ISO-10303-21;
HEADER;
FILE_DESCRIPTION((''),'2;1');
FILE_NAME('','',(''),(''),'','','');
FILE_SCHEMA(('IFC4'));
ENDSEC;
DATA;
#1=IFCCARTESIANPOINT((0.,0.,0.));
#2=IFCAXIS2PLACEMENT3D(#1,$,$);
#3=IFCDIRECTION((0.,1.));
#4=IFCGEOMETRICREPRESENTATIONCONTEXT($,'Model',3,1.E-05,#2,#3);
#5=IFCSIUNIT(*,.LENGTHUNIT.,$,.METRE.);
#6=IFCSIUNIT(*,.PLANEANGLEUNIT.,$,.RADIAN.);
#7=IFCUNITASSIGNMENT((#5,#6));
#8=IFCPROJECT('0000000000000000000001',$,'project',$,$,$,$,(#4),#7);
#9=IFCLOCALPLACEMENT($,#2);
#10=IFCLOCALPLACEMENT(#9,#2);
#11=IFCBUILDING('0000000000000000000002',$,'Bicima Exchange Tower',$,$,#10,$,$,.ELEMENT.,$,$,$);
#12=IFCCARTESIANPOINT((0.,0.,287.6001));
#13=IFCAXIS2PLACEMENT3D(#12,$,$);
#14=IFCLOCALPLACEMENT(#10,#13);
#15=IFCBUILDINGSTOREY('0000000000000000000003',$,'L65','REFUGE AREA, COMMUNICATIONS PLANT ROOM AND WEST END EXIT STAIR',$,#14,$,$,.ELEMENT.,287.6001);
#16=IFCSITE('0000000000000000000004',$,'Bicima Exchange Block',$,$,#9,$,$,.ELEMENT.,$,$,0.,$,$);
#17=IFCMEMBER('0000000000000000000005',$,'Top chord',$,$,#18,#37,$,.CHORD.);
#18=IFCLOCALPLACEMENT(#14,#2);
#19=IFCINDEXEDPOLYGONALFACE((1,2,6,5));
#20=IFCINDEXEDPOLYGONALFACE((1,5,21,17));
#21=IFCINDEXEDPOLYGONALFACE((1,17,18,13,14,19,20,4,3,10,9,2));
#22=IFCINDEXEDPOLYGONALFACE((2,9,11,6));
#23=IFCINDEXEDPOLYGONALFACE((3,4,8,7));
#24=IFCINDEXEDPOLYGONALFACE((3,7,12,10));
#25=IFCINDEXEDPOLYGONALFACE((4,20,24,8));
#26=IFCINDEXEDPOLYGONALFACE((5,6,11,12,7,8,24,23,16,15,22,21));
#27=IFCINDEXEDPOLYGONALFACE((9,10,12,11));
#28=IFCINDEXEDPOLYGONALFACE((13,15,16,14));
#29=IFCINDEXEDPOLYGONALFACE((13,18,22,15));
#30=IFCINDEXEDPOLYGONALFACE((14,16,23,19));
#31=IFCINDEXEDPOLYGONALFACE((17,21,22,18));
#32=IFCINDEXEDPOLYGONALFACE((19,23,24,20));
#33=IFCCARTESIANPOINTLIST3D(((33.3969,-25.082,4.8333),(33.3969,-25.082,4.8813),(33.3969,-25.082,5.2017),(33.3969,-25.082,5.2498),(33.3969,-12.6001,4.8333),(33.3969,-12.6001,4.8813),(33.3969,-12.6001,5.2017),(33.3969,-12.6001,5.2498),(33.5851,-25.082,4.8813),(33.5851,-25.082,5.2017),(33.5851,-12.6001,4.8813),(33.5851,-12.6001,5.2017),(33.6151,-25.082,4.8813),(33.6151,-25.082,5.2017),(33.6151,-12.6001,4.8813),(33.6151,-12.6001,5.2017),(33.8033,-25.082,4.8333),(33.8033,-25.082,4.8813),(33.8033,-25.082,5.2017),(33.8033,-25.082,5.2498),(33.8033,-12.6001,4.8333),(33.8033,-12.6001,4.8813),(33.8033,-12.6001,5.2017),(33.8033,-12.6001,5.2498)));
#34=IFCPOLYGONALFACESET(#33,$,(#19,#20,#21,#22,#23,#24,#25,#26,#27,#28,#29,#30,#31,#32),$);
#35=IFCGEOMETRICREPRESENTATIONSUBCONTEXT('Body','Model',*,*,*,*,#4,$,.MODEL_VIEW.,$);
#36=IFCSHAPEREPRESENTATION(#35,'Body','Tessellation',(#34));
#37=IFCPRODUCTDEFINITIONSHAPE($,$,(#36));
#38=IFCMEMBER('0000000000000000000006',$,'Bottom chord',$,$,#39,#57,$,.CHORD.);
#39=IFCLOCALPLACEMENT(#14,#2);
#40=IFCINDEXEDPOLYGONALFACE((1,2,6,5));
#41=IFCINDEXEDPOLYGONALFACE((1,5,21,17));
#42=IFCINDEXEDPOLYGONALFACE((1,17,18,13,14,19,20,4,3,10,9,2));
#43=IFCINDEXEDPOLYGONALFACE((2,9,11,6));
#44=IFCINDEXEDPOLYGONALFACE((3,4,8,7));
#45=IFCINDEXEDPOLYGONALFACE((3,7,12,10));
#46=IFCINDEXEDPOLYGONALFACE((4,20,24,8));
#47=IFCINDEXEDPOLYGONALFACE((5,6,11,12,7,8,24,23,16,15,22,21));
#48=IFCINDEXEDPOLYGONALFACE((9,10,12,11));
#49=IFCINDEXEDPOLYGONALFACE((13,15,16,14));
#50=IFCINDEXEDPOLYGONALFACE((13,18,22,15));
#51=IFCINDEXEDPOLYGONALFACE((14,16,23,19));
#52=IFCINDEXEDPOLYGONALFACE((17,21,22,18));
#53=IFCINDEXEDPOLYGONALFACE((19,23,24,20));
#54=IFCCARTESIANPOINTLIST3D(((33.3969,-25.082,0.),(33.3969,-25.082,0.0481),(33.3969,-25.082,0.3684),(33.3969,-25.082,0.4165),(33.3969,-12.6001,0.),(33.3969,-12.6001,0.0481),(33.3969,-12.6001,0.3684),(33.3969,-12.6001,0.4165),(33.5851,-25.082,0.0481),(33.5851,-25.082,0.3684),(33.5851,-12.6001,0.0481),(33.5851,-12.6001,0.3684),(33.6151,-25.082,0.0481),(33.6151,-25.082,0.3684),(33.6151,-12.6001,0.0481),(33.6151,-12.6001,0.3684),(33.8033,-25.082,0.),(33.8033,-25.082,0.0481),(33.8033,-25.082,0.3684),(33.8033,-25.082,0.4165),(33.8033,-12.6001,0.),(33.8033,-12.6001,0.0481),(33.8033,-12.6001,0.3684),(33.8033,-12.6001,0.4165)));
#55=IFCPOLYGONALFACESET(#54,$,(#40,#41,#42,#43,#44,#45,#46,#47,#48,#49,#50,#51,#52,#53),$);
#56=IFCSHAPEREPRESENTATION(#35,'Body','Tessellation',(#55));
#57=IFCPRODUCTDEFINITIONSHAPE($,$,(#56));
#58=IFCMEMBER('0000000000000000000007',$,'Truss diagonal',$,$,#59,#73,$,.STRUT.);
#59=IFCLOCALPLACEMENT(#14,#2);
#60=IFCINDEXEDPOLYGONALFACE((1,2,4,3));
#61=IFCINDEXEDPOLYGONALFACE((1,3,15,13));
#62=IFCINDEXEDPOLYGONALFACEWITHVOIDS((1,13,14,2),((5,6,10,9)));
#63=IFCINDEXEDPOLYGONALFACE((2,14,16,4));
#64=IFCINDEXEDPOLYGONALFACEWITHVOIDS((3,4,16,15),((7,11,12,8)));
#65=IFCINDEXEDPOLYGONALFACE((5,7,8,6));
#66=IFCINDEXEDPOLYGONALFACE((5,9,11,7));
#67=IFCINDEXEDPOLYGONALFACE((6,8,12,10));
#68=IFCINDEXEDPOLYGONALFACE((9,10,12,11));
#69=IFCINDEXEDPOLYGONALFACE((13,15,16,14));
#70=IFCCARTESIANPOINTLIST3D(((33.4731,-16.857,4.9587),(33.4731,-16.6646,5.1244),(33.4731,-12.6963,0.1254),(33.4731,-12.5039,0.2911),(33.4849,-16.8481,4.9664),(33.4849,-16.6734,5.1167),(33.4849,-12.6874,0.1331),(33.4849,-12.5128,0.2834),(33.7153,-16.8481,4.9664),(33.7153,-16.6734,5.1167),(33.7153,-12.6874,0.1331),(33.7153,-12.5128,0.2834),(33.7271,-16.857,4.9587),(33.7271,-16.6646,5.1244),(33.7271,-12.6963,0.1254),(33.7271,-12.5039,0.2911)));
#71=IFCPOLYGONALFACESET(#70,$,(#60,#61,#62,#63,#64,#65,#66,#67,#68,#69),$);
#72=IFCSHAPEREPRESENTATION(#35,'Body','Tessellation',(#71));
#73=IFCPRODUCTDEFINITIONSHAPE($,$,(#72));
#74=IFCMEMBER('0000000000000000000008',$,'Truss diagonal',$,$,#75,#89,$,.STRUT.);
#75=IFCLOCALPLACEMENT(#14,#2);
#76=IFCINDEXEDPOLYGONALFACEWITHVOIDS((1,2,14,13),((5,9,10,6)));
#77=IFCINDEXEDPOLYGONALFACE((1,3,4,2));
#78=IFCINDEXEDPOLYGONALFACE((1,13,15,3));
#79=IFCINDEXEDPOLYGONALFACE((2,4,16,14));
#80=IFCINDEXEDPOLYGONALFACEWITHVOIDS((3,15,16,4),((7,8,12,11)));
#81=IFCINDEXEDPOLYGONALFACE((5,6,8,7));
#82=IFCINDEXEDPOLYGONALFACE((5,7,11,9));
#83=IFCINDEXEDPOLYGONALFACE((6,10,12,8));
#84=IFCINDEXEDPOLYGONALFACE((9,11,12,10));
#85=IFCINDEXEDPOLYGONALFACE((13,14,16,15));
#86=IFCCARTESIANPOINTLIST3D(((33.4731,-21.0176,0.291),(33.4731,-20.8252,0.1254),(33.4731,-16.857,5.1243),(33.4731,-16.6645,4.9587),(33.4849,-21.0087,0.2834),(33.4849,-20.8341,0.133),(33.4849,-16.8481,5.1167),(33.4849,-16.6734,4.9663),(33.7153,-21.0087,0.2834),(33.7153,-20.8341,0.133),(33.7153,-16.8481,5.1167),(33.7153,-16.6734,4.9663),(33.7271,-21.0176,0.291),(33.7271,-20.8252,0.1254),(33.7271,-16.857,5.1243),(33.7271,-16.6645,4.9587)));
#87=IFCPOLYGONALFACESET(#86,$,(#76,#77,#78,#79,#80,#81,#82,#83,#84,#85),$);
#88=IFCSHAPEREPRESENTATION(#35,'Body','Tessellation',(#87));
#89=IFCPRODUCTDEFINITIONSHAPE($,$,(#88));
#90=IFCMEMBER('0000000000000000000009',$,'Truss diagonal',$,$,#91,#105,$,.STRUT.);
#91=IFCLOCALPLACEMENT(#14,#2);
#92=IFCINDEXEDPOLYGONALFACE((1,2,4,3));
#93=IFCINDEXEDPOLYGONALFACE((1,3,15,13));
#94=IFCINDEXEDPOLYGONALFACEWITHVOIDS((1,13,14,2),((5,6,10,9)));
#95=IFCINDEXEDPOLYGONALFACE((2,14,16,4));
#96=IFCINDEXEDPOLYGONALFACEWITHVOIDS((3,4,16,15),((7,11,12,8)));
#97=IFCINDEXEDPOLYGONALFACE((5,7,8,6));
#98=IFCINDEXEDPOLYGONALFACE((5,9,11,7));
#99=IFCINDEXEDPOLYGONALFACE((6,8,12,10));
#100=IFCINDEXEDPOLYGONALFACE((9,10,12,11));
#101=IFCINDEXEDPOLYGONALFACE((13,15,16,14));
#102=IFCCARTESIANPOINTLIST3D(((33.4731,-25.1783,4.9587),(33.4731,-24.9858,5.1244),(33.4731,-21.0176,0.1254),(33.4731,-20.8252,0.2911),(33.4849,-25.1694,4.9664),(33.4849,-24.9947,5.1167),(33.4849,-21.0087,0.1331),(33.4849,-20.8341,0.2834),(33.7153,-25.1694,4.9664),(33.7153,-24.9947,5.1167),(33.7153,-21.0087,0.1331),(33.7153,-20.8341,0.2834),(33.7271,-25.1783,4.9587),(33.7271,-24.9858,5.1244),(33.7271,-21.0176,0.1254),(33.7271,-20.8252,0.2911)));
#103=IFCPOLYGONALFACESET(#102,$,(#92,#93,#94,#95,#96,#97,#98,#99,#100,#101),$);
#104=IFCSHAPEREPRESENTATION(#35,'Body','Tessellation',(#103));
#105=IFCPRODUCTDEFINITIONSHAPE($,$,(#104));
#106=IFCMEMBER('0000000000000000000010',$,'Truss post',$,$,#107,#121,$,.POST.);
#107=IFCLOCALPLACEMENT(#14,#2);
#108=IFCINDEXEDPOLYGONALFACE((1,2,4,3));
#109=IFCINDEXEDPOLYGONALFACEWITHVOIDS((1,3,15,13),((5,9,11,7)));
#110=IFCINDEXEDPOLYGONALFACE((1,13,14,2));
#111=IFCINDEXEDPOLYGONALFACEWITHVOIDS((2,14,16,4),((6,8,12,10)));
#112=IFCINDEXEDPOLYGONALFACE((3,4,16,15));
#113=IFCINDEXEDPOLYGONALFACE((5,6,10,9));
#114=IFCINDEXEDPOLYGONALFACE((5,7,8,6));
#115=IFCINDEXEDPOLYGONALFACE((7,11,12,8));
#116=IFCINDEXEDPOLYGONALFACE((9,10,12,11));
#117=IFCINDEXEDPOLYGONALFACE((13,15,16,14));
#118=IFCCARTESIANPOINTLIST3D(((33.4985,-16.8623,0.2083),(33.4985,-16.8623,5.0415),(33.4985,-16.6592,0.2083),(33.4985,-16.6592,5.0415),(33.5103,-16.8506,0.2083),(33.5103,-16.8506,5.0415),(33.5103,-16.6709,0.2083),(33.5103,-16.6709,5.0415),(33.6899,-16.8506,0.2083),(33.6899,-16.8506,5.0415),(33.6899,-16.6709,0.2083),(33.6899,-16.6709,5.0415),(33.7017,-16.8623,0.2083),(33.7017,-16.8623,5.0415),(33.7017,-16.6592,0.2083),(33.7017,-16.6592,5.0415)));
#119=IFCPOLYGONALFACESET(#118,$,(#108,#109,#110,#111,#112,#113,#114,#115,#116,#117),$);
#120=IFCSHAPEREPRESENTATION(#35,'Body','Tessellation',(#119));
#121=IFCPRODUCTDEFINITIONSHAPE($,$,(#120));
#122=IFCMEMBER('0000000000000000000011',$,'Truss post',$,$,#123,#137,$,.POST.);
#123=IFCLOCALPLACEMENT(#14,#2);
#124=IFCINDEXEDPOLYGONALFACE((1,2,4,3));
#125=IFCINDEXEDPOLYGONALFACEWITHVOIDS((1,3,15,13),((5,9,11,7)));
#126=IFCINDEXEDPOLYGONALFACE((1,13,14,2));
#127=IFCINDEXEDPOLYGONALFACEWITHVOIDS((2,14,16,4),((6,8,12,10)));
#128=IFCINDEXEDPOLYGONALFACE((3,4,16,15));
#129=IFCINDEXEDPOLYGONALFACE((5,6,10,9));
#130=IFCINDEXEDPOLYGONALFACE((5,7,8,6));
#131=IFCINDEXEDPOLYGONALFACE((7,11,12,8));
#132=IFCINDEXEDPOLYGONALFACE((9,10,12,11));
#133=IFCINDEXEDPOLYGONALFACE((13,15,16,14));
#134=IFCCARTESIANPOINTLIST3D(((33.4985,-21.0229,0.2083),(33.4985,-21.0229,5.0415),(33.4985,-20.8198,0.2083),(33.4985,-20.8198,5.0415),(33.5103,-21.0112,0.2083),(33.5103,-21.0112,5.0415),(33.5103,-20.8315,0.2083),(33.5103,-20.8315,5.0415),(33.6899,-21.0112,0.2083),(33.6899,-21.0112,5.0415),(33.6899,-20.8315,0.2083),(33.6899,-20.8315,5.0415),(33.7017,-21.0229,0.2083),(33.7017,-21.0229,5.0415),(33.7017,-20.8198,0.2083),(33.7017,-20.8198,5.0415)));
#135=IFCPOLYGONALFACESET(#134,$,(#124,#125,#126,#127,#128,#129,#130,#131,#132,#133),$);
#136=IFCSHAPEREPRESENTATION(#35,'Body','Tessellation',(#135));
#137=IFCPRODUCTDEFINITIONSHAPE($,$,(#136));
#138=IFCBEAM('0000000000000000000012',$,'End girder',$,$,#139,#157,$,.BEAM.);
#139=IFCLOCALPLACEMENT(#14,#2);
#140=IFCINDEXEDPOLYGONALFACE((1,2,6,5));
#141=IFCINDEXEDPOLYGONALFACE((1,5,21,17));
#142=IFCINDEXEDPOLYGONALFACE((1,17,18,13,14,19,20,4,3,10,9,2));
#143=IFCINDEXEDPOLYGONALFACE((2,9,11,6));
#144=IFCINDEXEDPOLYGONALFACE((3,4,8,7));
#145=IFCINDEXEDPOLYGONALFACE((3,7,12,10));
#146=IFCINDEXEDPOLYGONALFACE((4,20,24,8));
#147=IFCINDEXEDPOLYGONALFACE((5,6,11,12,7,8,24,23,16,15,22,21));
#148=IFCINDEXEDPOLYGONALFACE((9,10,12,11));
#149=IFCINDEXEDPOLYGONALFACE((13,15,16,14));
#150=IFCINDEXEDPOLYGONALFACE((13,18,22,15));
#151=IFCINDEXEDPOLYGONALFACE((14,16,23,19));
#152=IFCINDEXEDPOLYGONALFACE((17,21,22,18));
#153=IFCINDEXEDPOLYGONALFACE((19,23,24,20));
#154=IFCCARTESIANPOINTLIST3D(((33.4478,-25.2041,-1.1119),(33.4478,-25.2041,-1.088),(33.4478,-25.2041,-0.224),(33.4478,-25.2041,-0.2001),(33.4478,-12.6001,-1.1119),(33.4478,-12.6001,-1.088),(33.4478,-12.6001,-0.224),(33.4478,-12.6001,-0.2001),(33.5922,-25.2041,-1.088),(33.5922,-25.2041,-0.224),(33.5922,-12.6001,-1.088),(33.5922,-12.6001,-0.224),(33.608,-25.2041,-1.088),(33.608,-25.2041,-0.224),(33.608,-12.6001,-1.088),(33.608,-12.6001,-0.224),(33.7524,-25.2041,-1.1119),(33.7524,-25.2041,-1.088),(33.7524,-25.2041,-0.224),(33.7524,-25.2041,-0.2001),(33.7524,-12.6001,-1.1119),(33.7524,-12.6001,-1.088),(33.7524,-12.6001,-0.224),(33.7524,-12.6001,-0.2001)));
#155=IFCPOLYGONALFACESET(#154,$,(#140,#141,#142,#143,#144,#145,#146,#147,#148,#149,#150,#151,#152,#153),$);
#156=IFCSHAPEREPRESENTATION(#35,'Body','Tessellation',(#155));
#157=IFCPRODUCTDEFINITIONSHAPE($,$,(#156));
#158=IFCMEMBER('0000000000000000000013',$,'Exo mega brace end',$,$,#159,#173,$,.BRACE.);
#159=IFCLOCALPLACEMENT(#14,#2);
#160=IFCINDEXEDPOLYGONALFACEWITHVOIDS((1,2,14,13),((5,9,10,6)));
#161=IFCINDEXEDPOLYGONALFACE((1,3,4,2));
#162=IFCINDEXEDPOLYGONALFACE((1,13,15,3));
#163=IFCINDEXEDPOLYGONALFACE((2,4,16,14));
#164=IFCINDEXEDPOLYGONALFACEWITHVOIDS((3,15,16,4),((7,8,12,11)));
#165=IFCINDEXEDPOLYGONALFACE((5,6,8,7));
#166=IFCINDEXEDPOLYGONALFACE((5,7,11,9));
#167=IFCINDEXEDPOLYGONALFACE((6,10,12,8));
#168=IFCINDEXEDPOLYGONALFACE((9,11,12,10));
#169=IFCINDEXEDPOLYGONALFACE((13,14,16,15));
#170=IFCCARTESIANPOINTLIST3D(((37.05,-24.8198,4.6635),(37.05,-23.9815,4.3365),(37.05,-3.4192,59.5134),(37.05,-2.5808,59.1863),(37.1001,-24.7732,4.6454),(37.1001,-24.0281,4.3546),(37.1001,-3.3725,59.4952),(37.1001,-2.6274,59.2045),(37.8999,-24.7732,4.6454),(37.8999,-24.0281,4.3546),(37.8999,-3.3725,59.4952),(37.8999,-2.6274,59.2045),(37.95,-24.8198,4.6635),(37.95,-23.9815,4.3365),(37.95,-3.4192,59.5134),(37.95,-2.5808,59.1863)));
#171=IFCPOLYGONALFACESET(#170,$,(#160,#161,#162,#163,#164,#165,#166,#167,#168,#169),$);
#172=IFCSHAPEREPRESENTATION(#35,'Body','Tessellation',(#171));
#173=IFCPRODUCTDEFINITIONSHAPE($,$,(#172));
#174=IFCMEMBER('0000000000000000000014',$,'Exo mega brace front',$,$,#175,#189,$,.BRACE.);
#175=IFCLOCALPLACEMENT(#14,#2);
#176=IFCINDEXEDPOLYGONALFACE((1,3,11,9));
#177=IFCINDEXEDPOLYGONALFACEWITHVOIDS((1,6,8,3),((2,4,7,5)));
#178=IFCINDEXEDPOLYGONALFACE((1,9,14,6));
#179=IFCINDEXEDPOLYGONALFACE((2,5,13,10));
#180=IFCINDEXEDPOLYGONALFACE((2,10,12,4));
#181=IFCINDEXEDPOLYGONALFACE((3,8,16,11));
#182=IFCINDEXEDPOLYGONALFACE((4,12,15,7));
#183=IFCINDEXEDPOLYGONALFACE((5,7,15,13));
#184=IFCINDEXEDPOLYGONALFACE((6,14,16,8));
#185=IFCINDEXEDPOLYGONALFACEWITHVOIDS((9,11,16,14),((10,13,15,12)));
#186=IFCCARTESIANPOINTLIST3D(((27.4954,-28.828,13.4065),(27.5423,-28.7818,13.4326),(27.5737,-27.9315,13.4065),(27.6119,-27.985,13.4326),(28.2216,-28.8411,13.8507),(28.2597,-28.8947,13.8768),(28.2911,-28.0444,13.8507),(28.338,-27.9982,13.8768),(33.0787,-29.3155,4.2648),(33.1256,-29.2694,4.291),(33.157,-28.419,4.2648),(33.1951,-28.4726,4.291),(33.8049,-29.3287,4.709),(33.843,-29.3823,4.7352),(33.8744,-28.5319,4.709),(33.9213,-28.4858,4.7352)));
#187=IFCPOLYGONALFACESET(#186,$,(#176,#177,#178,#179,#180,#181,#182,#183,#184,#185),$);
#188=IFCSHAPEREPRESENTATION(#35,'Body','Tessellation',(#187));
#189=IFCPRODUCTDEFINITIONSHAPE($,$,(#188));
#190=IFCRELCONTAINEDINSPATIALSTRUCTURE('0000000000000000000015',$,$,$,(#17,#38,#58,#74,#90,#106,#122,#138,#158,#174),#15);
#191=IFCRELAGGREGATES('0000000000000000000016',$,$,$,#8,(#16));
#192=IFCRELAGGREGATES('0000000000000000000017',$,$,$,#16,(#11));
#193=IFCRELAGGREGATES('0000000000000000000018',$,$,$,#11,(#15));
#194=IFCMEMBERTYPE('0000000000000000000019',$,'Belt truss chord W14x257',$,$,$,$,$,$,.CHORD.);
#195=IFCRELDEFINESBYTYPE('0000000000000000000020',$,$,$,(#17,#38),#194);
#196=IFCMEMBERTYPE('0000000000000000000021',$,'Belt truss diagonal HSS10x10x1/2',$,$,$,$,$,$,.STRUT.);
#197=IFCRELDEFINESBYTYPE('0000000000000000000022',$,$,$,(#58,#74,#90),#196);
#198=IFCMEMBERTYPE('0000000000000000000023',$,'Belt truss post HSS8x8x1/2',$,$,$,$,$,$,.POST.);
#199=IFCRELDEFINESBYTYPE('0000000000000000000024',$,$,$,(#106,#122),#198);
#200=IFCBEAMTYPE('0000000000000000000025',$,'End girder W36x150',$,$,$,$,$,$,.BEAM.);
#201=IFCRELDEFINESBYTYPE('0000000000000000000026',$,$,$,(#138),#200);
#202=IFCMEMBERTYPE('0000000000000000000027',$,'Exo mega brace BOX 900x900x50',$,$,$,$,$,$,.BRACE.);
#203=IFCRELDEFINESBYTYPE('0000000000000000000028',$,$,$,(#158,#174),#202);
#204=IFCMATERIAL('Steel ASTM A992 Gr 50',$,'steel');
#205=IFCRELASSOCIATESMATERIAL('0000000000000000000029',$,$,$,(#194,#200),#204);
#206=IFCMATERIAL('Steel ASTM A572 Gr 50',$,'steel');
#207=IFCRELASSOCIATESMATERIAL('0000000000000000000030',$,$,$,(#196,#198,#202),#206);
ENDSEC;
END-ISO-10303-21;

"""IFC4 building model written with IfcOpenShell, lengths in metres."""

from ifc_helpers import new_model, si_unit, direction, frame, origin, origin_2d, place, context, subcontext, project, spatial, hollow_rectangle, i_section, extrude, material, material_profile, profile_set, type_object, element, save


model = new_model("IFC4")

# Units and contexts
model_context = context("Model", 3, precision=1e-05, world=origin(), true_north=direction((0.0, 1.0)))
body_context = subcontext(model_context, "Body", "Model", "MODEL_VIEW")
ifc_project = project(units=[si_unit("LENGTHUNIT", "METRE"), si_unit("PLANEANGLEUNIT", "RADIAN")], contexts=[model_context])

# Site, building, storey
site_placement = place(None, origin())
site = spatial("IfcSite", under=ifc_project, at=site_placement, Name="Bicima Exchange Block", CompositionType="ELEMENT", RefElevation=0.0)
building_placement = place(site_placement, origin())
building = spatial("IfcBuilding", under=site, at=building_placement, Name="Bicima Exchange Tower", CompositionType="ELEMENT")
storey_placement = place(building_placement, frame((0.0, 0.0, 287.6001)))
storey = spatial("IfcBuildingStorey", under=building, at=storey_placement, Name="L65", Description="REFUGE AREA, COMMUNICATIONS PLANT ROOM AND WEST END EXIT STAIR", CompositionType="ELEMENT", Elevation=287.6001)

# Shared definitions
ifc_material_1 = material(Name="Steel ASTM A572 Gr 50", Category="steel")
ifc_material_2 = material(Name="Steel ASTM A992 Gr 50", Category="steel")

# Members
ifc_material_profile_1 = material_profile(ifc_material_2, i_section(OverallWidth=0.4065, OverallDepth=0.4165, WebThickness=0.03, FlangeThickness=0.0481, at=origin_2d()))
ifc_profile_set_1 = profile_set([ifc_material_profile_1], Name="Steel ASTM A992 Gr 50")
member_type_1 = type_object("IfcMemberType", Name="Belt truss chord W14x257", PredefinedType="CHORD", material=ifc_profile_set_1)
for number, where, z_axis, x_axis, name in (
    (1, (33.6001, -12.6001, 5.0415), (0.0, -1.0, 0.0), (1.0, 0.0, 0.0), "Top chord"),
    (2, (33.6001, -12.6001, 0.2083), (0.0, -1.0, 0.0), (1.0, 0.0, 0.0), "Bottom chord"),
):
    element("IfcMember", number, at=place(storey_placement, frame(where, z_axis=z_axis, x_axis=x_axis)), inside=storey, type_object=member_type_1, Name=name, PredefinedType="CHORD", context=body_context, shape_type="SweptSolid", body=[
        extrude(i_section(OverallWidth=0.4065, OverallDepth=0.4165, WebThickness=0.03, FlangeThickness=0.0481, at=origin_2d()), origin(), (0.0, 0.0, 1.0), 12.4819),
    ])
ifc_material_profile_2 = material_profile(ifc_material_1, hollow_rectangle(XDim=0.2539, YDim=0.2539, WallThickness=0.0117, at=origin_2d()))
ifc_profile_set_2 = profile_set([ifc_material_profile_2], Name="Steel ASTM A572 Gr 50")
member_type_2 = type_object("IfcMemberType", Name="Belt truss diagonal HSS10x10x1/2", PredefinedType="STRUT", material=ifc_profile_set_2)
for number, where, z_axis, x_axis, name in (
    (3, (33.6001, -12.6001, 0.2083), (0.0, -0.652404, 0.757871), (1.0, 0.0, 0.0), "Truss diagonal"),
    (4, (33.6001, -16.7607, 5.0415), (0.0, -0.652404, -0.757871), (1.0, 0.0, 0.0), "Truss diagonal"),
    (5, (33.6001, -20.9214, 0.2083), (0.0, -0.652404, 0.757871), (1.0, 0.0, 0.0), "Truss diagonal"),
):
    element("IfcMember", number, at=place(storey_placement, frame(where, z_axis=z_axis, x_axis=x_axis)), inside=storey, type_object=member_type_2, Name=name, PredefinedType="STRUT", context=body_context, shape_type="SweptSolid", body=[
        extrude(hollow_rectangle(XDim=0.2539, YDim=0.2539, WallThickness=0.0117, at=origin_2d()), origin(), (0.0, 0.0, 1.0), 6.3774),
    ])
ifc_material_profile_3 = material_profile(ifc_material_1, hollow_rectangle(XDim=0.2031, YDim=0.2031, WallThickness=0.0117, at=origin_2d()))
ifc_profile_set_3 = profile_set([ifc_material_profile_3], Name="Steel ASTM A572 Gr 50")
member_type_3 = type_object("IfcMemberType", Name="Belt truss post HSS8x8x1/2", PredefinedType="POST", material=ifc_profile_set_3)
for number, where, z_axis, x_axis, name in (
    (6, (33.6001, -16.7607, 0.2083), (0.0, 0.0, 1.0), (1.0, 0.0, 0.0), "Truss post"),
    (7, (33.6001, -20.9214, 0.2083), (0.0, 0.0, 1.0), (1.0, 0.0, 0.0), "Truss post"),
):
    element("IfcMember", number, at=place(storey_placement, frame(where, z_axis=z_axis, x_axis=x_axis)), inside=storey, type_object=member_type_3, Name=name, PredefinedType="POST", context=body_context, shape_type="SweptSolid", body=[
        extrude(hollow_rectangle(XDim=0.2031, YDim=0.2031, WallThickness=0.0117, at=origin_2d()), origin(), (0.0, 0.0, 1.0), 4.8333),
    ])

# Beam
ifc_material_profile_4 = material_profile(ifc_material_2, i_section(OverallWidth=0.3047, OverallDepth=0.9119, WebThickness=0.0159, FlangeThickness=0.0239, at=origin_2d()))
ifc_profile_set_4 = profile_set([ifc_material_profile_4], Name="Steel ASTM A992 Gr 50")
beam_type_1 = type_object("IfcBeamType", Name="End girder W36x150", PredefinedType="BEAM", material=ifc_profile_set_4)
beam_1_placement = place(storey_placement, frame((33.6001, -12.6001, -0.656), z_axis=(0.0, -1.0, 0.0), x_axis=(1.0, 0.0, 0.0)))
element("IfcBeam", 8, at=beam_1_placement, inside=storey, type_object=beam_type_1, Name="End girder", PredefinedType="BEAM", context=body_context, shape_type="SweptSolid", body=[
    extrude(i_section(OverallWidth=0.3047, OverallDepth=0.9119, WebThickness=0.0159, FlangeThickness=0.0239, at=origin_2d()), origin(), (0.0, 0.0, 1.0), 12.604),
])

# Members
ifc_material_profile_5 = material_profile(ifc_material_1, hollow_rectangle(XDim=0.8999, YDim=0.8999, WallThickness=0.05, at=origin_2d()))
ifc_profile_set_5 = profile_set([ifc_material_profile_5], Name="Steel ASTM A572 Gr 50")
member_type_4 = type_object("IfcMemberType", Name="Exo mega brace BOX 900x900x50", PredefinedType="BRACE", material=ifc_profile_set_5)
member_1_placement = place(storey_placement, frame((37.5, -24.4006, 4.5), z_axis=(0.0, 0.363481, 0.931602), x_axis=(-1.0, 0.0, 0.0)))
element("IfcMember", 9, at=member_1_placement, inside=storey, type_object=member_type_4, Name="Exo mega brace end", PredefinedType="BRACE", context=body_context, shape_type="SweptSolid", body=[
    extrude(hollow_rectangle(XDim=0.8999, YDim=0.8999, WallThickness=0.05, at=origin_2d()), origin(), (0.0, 0.0, 1.0), 58.877),
])
member_2_placement = place(storey_placement, frame((33.5, -28.9006, 4.5), z_axis=(-0.520688, 0.045468, 0.852536), x_axis=(-0.086992, -0.996209, 0.0)))
element("IfcMember", 10, at=member_2_placement, inside=storey, type_object=member_type_4, Name="Exo mega brace front", PredefinedType="BRACE", context=body_context, shape_type="SweptSolid", body=[
    extrude(hollow_rectangle(XDim=0.8999, YDim=0.8999, WallThickness=0.05, at=origin_2d()), origin(), (0.0, 0.0, 1.0), 10.7229),
])

save(model, "model.ifc")
